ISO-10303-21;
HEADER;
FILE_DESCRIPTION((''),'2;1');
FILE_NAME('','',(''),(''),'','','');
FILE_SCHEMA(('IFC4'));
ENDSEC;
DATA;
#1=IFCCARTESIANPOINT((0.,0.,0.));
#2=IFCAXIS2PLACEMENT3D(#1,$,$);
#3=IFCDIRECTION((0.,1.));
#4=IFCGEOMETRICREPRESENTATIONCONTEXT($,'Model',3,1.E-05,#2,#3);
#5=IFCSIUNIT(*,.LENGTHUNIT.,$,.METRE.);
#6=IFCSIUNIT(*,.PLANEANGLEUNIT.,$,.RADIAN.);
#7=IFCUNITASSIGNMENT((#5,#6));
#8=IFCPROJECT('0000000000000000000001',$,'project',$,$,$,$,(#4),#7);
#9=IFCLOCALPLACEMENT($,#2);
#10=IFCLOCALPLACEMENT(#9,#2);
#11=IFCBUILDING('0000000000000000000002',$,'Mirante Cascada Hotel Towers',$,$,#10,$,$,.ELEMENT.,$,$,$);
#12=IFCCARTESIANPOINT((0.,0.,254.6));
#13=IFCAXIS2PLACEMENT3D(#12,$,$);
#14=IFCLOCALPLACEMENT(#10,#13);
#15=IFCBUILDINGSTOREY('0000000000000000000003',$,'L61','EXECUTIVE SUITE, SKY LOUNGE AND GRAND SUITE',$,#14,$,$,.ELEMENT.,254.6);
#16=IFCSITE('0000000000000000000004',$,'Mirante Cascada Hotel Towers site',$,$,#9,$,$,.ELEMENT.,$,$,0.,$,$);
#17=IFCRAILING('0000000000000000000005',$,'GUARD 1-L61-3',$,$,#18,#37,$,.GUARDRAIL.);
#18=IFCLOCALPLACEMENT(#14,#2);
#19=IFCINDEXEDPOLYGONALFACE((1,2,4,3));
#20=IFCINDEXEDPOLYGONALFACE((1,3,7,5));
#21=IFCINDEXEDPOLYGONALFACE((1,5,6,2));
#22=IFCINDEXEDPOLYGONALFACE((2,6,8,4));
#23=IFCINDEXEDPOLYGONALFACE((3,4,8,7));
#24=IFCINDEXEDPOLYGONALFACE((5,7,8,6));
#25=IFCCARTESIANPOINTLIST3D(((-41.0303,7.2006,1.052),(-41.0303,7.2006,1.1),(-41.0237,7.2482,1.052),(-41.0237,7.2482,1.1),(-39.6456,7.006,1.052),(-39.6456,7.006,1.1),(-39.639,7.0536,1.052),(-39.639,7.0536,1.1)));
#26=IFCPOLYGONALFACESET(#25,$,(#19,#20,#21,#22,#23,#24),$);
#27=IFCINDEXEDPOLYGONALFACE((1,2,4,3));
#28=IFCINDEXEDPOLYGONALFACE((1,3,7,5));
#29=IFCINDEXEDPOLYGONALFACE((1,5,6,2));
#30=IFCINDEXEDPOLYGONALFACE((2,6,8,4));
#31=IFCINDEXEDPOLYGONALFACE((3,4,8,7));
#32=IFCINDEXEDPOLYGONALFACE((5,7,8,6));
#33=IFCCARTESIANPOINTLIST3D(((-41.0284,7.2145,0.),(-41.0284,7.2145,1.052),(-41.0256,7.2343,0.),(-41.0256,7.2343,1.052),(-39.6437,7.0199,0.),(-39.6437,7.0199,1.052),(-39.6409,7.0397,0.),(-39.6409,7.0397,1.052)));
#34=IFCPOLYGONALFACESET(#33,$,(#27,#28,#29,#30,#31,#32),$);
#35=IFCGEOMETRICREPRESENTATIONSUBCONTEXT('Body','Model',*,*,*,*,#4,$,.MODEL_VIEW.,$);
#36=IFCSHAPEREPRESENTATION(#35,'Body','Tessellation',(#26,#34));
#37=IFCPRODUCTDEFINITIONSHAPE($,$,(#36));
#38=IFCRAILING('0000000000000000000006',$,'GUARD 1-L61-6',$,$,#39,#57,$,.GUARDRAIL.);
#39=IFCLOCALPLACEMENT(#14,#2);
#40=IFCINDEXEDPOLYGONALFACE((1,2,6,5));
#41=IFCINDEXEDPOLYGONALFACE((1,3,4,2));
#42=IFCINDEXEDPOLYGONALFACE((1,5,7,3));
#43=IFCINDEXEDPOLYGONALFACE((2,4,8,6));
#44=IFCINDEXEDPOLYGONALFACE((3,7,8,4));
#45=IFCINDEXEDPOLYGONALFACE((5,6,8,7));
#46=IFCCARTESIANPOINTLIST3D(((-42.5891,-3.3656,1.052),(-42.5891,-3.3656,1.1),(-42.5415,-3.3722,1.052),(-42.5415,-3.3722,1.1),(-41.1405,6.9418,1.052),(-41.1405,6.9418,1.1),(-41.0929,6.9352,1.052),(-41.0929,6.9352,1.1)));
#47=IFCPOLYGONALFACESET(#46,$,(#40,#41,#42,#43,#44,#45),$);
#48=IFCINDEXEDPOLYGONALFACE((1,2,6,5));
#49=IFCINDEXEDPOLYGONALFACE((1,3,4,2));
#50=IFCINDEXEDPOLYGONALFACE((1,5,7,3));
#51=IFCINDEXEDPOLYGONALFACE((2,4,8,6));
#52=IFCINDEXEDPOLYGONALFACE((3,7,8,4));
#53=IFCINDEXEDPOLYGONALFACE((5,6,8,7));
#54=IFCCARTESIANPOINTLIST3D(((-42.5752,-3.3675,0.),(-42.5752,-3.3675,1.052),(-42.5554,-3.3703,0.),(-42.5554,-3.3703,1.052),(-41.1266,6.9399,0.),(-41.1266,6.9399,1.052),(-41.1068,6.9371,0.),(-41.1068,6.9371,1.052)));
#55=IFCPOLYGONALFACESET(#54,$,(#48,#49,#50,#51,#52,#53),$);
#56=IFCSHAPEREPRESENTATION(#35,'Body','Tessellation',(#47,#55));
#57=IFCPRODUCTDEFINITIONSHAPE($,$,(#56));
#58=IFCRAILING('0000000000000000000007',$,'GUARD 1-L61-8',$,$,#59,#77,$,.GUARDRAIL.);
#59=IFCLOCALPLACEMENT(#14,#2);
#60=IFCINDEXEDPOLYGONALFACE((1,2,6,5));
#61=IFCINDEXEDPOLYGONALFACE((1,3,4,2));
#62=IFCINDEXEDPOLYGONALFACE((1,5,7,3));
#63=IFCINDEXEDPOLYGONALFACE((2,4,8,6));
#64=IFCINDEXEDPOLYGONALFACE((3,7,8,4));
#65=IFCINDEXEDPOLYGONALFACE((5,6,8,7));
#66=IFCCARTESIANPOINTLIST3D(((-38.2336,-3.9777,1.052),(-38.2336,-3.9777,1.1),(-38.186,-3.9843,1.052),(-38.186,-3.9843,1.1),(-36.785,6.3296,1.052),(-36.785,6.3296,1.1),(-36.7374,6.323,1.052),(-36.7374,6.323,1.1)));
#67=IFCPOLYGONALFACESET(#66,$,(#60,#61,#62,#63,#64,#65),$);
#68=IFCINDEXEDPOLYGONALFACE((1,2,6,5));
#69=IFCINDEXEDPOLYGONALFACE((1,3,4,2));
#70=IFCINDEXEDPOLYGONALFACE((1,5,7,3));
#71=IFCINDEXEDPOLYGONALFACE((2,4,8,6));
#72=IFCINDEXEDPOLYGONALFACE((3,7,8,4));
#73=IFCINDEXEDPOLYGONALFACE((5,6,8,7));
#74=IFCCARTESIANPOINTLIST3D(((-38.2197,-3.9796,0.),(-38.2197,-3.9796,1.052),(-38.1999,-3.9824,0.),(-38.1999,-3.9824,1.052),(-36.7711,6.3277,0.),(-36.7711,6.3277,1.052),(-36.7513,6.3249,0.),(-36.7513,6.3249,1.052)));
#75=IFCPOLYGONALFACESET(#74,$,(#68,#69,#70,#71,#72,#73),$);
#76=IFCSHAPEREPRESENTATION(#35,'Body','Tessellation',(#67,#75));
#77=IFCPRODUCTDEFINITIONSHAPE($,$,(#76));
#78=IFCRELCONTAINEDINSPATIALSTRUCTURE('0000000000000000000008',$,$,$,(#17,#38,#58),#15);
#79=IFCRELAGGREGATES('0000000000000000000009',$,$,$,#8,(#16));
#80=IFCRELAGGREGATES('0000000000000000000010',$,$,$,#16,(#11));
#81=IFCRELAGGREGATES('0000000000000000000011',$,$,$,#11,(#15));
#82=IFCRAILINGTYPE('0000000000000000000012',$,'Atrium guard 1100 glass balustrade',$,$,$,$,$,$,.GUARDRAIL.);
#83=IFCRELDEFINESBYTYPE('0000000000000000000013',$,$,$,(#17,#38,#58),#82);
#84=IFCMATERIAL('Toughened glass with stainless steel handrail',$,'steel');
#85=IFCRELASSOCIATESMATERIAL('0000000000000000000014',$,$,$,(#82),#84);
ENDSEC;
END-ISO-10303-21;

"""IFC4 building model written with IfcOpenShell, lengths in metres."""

from ifc_helpers import new_model, si_unit, direction, frame, origin, origin_2d, place, context, subcontext, project, spatial, rectangle, extrude, material, type_object, element, save


model = new_model("IFC4")

# Units and contexts
model_context = context("Model", 3, precision=1e-05, world=origin(), true_north=direction((0.0, 1.0)))
body_context = subcontext(model_context, "Body", "Model", "MODEL_VIEW")
ifc_project = project(units=[si_unit("LENGTHUNIT", "METRE"), si_unit("PLANEANGLEUNIT", "RADIAN")], contexts=[model_context])

# Site, building, storey
site_placement = place(None, origin())
site = spatial("IfcSite", under=ifc_project, at=site_placement, Name="Mirante Cascada Hotel Towers site", CompositionType="ELEMENT", RefElevation=0.0)
building_placement = place(site_placement, origin())
building = spatial("IfcBuilding", under=site, at=building_placement, Name="Mirante Cascada Hotel Towers", CompositionType="ELEMENT")
storey_placement = place(building_placement, frame((0.0, 0.0, 254.6)))
storey = spatial("IfcBuildingStorey", under=building, at=storey_placement, Name="L61", Description="EXECUTIVE SUITE, SKY LOUNGE AND GRAND SUITE", CompositionType="ELEMENT", Elevation=254.6)

# Railings
ifc_material_1 = material(Name="Toughened glass with stainless steel handrail", Category="steel")
railing_type = type_object("IfcRailingType", Name="Atrium guard 1100 glass balustrade", PredefinedType="GUARDRAIL", material=ifc_material_1)
railing_1_placement = place(storey_placement, frame((-41.027, 7.2244, 0.0)))
element("IfcRailing", 1, at=railing_1_placement, inside=storey, type_object=railing_type, Name="GUARD 1-L61-3", PredefinedType="GUARDRAIL", context=body_context, shape_type="SweptSolid", body=[
    extrude(rectangle(XDim=0.048, YDim=0.048, at=origin_2d()), frame((0.0, 0.0, 1.076), z_axis=(0.990269, -0.139168, 0.0), x_axis=(0.139168, 0.990269, 0.0)), (0.0, 0.0, 1.0), 1.3983),
    extrude(rectangle(XDim=0.02, YDim=1.052, at=origin_2d()), frame((0.0, 0.0, 0.526), z_axis=(0.990269, -0.139168, 0.0), x_axis=(0.139168, 0.990269, 0.0)), (0.0, 0.0, 1.0), 1.3983),
])
railing_2_placement = place(storey_placement, frame((-41.1167, 6.9385, 0.0)))
element("IfcRailing", 2, at=railing_2_placement, inside=storey, type_object=railing_type, Name="GUARD 1-L61-6", PredefinedType="GUARDRAIL", context=body_context, shape_type="SweptSolid", body=[
    extrude(rectangle(XDim=0.048, YDim=0.048, at=origin_2d()), frame((0.0, 0.0, 1.076), z_axis=(-0.139172, -0.990268, 0.0), x_axis=(0.990268, -0.139172, 0.0)), (0.0, 0.0, 1.0), 10.4087),
    extrude(rectangle(XDim=0.02, YDim=1.052, at=origin_2d()), frame((0.0, 0.0, 0.526), z_axis=(-0.139172, -0.990268, 0.0), x_axis=(0.990268, -0.139172, 0.0)), (0.0, 0.0, 1.0), 10.4087),
])
railing_3_placement = place(storey_placement, frame((-36.7612, 6.3263, 0.0)))
element("IfcRailing", 3, at=railing_3_placement, inside=storey, type_object=railing_type, Name="GUARD 1-L61-8", PredefinedType="GUARDRAIL", context=body_context, shape_type="SweptSolid", body=[
    extrude(rectangle(XDim=0.048, YDim=0.048, at=origin_2d()), frame((0.0, 0.0, 1.076), z_axis=(-0.139173, -0.990268, 0.0), x_axis=(0.990268, -0.139173, 0.0)), (0.0, 0.0, 1.0), 10.4086),
    extrude(rectangle(XDim=0.02, YDim=1.052, at=origin_2d()), frame((0.0, 0.0, 0.526), z_axis=(-0.139173, -0.990268, 0.0), x_axis=(0.990268, -0.139173, 0.0)), (0.0, 0.0, 1.0), 10.4086),
])

save(model, "model.ifc")
